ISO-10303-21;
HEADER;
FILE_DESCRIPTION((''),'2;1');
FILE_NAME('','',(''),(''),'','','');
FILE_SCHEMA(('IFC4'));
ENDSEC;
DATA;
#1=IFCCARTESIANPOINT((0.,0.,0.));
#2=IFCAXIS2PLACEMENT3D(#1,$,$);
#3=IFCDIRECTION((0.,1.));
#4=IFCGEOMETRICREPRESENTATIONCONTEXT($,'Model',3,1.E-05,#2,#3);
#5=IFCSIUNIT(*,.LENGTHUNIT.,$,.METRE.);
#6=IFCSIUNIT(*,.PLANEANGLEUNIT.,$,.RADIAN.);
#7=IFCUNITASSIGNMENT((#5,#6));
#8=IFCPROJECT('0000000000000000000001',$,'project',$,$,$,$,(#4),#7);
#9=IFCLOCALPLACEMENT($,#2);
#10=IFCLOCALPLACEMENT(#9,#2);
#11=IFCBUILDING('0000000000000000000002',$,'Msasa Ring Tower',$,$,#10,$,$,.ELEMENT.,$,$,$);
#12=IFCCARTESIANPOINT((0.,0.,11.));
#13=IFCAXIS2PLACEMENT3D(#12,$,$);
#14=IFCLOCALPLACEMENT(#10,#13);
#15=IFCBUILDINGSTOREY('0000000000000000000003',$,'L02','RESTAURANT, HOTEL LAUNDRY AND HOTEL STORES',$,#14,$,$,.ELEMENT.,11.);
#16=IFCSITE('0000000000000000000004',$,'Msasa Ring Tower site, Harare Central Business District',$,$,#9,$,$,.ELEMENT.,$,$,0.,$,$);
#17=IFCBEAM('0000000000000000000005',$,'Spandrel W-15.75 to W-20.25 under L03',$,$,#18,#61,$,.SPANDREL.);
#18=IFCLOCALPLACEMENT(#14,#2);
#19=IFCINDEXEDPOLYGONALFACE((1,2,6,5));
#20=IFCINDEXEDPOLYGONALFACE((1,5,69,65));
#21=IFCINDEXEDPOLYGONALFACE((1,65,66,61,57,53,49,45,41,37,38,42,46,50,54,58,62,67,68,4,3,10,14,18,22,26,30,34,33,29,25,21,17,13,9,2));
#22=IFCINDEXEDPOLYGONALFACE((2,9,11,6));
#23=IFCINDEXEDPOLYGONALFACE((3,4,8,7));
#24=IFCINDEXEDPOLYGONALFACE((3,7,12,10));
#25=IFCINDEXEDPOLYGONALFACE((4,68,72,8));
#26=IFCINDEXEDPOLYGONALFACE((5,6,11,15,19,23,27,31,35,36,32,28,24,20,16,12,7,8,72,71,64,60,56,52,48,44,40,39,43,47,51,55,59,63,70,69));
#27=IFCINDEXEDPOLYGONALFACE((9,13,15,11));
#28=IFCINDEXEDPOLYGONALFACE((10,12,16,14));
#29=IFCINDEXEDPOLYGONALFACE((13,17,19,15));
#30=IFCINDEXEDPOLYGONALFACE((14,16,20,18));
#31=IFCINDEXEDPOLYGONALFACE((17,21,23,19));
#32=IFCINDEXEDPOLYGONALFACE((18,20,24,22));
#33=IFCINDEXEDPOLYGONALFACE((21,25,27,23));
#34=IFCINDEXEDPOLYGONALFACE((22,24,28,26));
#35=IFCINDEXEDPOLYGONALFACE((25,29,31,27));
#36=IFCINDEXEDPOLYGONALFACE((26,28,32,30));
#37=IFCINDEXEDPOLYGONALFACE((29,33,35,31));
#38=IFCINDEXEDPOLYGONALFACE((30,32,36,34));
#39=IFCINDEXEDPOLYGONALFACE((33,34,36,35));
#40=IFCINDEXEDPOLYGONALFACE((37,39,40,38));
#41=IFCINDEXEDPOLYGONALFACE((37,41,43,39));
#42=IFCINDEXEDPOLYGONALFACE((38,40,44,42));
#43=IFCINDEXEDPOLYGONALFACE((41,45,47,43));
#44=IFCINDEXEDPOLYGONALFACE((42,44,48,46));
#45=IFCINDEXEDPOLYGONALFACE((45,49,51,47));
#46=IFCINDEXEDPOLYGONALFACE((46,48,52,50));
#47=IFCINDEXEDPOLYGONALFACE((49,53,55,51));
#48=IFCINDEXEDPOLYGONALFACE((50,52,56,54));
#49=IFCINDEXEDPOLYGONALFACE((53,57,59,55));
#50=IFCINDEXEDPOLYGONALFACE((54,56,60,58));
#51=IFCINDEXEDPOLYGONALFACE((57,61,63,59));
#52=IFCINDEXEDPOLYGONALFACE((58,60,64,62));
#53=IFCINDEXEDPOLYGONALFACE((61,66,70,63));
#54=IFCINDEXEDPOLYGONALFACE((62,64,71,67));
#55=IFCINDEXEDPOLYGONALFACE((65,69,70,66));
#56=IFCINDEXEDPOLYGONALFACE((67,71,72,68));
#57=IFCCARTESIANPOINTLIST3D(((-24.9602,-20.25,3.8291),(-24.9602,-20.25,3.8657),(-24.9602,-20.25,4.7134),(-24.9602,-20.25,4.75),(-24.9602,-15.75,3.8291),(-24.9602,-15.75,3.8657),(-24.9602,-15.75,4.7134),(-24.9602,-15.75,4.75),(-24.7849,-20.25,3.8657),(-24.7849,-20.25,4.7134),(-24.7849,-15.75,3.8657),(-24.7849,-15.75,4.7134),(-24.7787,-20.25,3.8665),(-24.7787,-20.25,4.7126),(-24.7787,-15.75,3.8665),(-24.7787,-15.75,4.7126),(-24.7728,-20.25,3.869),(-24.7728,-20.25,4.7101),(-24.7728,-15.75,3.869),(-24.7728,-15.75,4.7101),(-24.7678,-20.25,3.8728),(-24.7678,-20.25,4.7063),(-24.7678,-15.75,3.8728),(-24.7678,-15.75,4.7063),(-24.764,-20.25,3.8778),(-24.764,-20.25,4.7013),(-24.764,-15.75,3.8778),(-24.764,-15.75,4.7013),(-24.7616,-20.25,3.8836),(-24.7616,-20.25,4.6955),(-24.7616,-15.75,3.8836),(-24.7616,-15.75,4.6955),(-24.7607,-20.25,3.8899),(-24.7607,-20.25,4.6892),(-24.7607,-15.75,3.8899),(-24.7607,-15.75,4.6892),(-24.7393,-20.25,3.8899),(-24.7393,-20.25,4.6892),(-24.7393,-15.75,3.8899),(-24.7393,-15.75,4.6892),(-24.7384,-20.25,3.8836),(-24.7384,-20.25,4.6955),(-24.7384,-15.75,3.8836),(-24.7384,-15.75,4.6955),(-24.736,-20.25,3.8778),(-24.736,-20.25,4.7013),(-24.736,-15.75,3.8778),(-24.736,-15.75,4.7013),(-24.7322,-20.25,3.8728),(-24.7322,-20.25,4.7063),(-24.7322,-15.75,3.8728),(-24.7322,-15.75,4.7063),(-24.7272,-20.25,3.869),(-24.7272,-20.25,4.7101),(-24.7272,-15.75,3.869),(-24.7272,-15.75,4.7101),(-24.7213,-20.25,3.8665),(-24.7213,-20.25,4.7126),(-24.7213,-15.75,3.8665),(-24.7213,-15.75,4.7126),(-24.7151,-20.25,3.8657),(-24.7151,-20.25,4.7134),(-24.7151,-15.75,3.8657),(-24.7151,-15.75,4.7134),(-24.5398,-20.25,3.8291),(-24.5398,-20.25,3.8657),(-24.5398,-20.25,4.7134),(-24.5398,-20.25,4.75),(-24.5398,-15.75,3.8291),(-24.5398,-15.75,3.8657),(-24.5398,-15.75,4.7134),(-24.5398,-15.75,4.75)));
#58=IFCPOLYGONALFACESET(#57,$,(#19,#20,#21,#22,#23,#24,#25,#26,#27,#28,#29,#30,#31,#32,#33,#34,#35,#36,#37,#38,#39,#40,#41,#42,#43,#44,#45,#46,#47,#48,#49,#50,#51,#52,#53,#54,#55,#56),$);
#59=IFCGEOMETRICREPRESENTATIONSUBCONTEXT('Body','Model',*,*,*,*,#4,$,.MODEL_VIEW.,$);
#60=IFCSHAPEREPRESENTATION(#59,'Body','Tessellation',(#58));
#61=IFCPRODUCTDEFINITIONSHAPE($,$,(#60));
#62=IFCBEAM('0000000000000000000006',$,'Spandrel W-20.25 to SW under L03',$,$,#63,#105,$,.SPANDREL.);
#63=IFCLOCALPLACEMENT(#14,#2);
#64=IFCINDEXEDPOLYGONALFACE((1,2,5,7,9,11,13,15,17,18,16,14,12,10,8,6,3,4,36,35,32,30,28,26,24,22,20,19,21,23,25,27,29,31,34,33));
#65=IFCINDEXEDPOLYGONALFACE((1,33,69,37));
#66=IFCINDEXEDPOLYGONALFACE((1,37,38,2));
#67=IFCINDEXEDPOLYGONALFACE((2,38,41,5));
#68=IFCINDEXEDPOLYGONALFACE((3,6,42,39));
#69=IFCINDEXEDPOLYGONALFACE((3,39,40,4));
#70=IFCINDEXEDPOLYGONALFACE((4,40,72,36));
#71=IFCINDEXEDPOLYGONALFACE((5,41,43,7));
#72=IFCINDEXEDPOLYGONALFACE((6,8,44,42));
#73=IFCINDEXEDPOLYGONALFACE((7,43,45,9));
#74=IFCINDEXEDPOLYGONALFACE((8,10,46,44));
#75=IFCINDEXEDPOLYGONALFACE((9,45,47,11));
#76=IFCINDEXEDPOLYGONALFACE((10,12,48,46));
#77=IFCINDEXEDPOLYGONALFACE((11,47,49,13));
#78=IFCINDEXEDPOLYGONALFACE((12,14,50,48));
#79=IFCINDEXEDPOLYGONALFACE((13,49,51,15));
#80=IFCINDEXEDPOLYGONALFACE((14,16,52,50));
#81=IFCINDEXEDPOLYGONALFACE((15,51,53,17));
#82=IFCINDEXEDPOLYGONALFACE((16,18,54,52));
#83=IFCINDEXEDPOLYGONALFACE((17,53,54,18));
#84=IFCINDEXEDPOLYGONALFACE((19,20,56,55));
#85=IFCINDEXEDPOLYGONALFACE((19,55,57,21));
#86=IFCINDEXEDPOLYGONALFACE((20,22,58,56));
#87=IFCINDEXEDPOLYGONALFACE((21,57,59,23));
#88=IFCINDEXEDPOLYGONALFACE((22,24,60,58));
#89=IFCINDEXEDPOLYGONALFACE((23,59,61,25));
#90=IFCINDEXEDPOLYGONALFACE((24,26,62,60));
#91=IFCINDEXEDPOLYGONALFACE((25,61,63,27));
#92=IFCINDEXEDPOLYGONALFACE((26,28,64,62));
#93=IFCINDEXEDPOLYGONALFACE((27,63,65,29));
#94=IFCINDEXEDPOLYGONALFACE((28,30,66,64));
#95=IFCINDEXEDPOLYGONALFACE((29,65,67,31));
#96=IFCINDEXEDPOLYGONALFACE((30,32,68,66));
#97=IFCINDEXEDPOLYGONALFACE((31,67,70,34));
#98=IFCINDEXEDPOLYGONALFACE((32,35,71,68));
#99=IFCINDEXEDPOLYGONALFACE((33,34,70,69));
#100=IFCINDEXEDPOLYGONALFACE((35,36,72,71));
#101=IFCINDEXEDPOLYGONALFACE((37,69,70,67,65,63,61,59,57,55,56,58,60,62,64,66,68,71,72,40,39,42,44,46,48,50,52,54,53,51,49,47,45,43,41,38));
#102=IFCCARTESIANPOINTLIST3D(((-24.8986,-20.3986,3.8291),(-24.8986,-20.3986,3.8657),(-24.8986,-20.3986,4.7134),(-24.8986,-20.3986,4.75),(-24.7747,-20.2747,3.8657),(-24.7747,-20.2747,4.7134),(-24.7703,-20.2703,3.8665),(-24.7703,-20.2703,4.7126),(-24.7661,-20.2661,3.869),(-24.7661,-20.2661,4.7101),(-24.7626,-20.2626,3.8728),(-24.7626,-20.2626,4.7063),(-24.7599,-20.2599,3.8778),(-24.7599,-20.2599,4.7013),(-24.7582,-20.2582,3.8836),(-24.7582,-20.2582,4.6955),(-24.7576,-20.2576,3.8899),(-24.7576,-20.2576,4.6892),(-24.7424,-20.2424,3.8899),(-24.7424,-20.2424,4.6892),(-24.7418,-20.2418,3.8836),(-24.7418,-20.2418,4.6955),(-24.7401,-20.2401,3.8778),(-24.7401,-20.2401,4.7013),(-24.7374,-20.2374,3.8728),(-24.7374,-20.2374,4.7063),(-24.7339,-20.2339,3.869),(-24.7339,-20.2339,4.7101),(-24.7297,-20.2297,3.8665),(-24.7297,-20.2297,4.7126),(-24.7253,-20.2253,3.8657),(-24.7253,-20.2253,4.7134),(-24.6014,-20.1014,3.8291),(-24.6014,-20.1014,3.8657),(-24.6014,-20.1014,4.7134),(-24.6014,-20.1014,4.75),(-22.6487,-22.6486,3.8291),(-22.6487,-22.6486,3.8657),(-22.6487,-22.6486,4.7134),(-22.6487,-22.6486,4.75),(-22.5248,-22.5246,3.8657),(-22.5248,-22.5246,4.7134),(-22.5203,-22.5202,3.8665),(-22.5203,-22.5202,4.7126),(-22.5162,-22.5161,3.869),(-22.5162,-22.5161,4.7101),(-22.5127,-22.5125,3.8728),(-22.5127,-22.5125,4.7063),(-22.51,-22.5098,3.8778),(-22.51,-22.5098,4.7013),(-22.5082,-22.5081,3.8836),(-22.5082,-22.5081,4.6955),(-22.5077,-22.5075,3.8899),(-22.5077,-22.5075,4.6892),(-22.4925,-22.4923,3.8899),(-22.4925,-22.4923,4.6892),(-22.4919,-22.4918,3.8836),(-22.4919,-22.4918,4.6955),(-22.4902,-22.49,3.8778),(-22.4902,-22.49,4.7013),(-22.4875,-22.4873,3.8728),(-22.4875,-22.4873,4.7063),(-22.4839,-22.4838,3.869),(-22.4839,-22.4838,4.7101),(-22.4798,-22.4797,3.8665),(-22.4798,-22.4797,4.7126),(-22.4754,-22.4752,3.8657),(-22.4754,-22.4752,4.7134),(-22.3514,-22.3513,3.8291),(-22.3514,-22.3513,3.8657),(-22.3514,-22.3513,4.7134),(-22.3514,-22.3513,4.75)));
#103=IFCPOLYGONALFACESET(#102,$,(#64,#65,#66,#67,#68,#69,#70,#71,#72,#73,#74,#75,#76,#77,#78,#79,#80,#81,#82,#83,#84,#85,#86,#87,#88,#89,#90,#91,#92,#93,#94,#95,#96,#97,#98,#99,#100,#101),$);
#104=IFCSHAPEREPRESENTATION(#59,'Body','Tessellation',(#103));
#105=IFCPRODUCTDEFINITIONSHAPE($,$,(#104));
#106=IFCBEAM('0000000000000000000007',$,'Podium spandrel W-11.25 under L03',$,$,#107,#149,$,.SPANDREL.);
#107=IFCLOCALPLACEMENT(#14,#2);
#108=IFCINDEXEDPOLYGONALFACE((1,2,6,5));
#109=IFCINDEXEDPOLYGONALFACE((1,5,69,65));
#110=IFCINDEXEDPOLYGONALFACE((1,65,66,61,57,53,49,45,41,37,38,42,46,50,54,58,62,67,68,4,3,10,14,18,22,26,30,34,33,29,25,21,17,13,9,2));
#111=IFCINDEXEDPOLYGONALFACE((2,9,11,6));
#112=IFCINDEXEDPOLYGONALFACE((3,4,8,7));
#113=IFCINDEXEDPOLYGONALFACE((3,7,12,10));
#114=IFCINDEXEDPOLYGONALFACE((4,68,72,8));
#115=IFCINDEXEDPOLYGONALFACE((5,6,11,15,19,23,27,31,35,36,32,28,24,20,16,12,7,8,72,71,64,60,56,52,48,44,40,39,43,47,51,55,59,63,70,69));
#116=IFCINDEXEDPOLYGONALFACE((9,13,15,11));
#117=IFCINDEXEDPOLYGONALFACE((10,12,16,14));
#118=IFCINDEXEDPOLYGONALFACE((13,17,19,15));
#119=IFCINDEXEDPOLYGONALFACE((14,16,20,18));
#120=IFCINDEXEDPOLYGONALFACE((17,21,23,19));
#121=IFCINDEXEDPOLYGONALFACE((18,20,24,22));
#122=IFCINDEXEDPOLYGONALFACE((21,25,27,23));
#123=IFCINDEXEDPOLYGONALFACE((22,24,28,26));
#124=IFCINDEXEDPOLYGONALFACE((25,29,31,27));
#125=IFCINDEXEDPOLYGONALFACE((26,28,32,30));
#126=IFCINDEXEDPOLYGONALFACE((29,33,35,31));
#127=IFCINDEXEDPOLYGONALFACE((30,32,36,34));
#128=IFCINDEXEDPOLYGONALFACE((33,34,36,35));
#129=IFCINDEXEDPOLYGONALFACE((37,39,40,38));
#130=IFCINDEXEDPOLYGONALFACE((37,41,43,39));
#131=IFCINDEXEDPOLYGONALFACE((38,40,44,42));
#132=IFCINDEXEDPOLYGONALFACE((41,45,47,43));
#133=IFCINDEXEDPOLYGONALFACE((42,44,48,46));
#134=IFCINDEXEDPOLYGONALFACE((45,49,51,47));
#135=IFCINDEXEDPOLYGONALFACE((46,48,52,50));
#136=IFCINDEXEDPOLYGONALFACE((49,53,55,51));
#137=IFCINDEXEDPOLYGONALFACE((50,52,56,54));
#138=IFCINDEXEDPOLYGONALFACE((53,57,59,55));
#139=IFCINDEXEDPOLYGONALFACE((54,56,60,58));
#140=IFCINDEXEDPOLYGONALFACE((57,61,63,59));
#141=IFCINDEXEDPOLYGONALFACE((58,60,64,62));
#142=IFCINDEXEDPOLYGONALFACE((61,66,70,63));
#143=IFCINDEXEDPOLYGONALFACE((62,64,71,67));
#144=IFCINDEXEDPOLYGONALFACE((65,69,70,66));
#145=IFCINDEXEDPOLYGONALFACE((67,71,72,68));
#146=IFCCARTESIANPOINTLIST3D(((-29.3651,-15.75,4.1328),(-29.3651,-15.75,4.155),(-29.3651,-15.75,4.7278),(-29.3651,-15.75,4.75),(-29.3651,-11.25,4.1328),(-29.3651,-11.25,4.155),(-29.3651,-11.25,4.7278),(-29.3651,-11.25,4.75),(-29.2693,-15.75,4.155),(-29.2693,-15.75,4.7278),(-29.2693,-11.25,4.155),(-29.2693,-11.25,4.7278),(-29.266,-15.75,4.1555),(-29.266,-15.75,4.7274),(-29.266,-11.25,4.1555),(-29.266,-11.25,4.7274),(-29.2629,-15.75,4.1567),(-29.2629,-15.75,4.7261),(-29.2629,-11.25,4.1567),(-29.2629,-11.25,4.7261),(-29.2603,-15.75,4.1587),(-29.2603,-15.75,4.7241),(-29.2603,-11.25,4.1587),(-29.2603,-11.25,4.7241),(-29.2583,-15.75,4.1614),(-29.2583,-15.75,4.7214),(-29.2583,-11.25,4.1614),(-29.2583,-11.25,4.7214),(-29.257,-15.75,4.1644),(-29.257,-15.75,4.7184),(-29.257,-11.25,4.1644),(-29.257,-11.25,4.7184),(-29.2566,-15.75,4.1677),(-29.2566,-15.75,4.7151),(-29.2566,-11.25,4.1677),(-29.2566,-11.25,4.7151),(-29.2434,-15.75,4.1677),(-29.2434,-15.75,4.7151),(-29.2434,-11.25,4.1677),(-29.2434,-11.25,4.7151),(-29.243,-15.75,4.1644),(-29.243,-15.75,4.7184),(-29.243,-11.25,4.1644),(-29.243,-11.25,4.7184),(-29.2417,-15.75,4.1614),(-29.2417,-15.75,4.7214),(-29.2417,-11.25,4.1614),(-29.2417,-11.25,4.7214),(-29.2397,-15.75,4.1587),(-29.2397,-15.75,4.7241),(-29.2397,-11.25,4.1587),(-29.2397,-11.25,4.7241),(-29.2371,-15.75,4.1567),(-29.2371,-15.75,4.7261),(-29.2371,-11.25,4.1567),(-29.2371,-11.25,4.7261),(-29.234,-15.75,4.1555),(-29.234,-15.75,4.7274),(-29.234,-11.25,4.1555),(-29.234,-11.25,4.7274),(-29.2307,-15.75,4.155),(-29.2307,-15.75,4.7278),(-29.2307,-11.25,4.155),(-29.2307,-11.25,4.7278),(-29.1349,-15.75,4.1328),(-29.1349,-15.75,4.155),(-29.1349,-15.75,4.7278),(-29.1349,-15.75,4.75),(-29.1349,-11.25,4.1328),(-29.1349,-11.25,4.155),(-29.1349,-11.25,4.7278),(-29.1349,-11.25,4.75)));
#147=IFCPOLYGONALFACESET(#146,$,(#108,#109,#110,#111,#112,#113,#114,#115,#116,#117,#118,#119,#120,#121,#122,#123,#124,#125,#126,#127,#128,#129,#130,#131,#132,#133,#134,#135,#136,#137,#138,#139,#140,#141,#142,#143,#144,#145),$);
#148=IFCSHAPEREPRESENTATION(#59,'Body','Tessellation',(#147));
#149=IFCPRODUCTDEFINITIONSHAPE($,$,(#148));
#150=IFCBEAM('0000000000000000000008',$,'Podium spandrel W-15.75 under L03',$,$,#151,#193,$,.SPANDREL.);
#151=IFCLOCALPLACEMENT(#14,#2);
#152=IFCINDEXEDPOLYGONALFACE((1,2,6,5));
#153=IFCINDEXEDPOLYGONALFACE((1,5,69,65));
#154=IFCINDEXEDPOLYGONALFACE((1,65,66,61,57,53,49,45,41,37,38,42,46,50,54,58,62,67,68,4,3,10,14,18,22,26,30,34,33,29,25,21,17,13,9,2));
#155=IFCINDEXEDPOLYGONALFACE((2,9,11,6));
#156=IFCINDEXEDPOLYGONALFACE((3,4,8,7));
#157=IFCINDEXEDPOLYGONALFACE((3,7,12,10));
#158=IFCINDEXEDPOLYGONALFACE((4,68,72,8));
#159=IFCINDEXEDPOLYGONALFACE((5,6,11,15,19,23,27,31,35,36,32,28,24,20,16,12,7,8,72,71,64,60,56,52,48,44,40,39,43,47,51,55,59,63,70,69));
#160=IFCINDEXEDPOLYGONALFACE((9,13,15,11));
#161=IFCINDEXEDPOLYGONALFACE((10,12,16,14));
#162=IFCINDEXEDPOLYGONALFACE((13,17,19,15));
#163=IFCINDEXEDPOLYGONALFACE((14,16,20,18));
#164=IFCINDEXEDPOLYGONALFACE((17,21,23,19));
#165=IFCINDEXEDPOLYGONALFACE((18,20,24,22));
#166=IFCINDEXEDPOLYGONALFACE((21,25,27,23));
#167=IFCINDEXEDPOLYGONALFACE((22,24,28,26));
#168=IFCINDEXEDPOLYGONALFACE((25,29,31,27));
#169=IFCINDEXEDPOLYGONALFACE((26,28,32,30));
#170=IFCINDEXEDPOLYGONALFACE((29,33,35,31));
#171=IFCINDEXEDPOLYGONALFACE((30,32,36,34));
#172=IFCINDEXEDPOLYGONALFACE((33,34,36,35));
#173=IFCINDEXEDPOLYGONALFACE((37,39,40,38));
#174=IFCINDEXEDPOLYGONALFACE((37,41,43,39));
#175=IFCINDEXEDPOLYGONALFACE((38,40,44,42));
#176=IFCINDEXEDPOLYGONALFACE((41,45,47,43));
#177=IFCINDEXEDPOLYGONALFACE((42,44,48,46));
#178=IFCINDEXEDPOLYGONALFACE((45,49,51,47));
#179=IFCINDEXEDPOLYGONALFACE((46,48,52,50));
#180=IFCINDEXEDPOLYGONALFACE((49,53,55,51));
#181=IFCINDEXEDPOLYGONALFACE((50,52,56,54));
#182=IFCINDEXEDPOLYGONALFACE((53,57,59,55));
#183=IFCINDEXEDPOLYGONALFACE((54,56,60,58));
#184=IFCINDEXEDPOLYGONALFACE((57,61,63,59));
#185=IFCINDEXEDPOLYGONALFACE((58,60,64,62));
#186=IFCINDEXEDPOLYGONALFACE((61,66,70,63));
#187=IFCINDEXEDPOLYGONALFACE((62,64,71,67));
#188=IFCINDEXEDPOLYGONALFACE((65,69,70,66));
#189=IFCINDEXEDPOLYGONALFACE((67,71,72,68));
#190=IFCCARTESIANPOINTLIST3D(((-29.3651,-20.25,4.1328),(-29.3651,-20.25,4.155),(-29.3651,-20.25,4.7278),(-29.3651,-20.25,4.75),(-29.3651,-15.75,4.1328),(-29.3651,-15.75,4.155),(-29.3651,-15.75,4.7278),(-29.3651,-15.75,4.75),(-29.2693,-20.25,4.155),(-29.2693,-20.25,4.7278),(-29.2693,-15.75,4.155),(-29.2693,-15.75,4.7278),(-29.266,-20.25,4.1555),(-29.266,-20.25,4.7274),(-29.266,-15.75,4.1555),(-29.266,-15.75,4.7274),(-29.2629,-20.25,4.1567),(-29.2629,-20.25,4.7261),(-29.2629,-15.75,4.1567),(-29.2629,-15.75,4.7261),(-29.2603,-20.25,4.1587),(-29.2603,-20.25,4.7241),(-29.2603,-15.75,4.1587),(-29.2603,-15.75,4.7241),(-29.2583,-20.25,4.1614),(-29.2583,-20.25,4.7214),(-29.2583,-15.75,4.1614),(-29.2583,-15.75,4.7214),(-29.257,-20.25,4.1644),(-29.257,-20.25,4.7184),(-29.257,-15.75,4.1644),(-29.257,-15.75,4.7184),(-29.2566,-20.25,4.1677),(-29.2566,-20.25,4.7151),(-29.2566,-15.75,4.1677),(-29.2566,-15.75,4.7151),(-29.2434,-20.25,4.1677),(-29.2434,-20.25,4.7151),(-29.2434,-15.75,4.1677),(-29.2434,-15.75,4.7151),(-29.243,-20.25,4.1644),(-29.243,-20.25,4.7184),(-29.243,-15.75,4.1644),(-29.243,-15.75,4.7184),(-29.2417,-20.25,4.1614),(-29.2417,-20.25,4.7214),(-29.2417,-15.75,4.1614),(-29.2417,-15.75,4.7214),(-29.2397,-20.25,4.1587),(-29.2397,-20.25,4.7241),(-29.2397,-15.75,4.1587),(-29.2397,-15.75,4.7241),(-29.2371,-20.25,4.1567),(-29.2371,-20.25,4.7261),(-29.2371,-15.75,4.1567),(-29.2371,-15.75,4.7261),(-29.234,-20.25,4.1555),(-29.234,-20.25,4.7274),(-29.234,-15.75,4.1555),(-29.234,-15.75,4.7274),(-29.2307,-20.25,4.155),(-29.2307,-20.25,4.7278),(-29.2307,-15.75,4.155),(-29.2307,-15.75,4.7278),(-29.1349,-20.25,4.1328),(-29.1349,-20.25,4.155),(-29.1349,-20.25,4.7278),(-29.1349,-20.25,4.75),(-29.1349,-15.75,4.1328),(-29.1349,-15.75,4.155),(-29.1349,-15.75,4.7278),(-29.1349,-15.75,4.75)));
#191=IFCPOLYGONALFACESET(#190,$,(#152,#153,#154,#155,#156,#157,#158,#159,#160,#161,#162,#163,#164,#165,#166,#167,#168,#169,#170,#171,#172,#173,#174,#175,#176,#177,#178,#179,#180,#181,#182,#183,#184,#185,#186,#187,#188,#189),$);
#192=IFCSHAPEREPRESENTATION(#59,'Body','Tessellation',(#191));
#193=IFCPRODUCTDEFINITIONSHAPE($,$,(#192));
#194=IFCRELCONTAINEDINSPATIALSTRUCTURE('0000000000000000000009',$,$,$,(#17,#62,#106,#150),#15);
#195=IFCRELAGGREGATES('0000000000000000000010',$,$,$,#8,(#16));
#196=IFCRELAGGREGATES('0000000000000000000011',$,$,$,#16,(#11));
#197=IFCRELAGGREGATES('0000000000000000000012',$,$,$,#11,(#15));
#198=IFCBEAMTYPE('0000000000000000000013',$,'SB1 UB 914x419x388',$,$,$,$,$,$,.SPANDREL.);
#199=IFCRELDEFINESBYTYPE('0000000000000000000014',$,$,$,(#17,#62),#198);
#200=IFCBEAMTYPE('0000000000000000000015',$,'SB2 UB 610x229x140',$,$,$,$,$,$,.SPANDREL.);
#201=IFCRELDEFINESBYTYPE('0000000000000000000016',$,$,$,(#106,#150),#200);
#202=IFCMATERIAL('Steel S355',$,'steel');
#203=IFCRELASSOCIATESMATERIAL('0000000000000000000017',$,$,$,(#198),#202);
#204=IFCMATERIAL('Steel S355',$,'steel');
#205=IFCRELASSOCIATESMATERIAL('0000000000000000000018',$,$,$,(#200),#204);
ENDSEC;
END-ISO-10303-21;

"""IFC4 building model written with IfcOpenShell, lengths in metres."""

from ifc_helpers import new_model, si_unit, direction, frame, origin, origin_2d, place, context, subcontext, project, spatial, i_section, extrude, material, material_profile, profile_set, type_object, element, save


model = new_model("IFC4")

# Units and contexts
model_context = context("Model", 3, precision=1e-05, world=origin(), true_north=direction((0.0, 1.0)))
body_context = subcontext(model_context, "Body", "Model", "MODEL_VIEW")
ifc_project = project(units=[si_unit("LENGTHUNIT", "METRE"), si_unit("PLANEANGLEUNIT", "RADIAN")], contexts=[model_context])

# Site, building, storey
site_placement = place(None, origin())
site = spatial("IfcSite", under=ifc_project, at=site_placement, Name="Msasa Ring Tower site, Harare Central Business District", CompositionType="ELEMENT", RefElevation=0.0)
building_placement = place(site_placement, origin())
building = spatial("IfcBuilding", under=site, at=building_placement, Name="Msasa Ring Tower", CompositionType="ELEMENT")
storey_placement = place(building_placement, frame((0.0, 0.0, 11.0)))
storey = spatial("IfcBuildingStorey", under=building, at=storey_placement, Name="L02", Description="RESTAURANT, HOTEL LAUNDRY AND HOTEL STORES", CompositionType="ELEMENT", Elevation=11.0)

# Beams
ifc_material_1 = material(Name="Steel S355", Category="steel")
ifc_material_profile_1 = material_profile(ifc_material_1, i_section(OverallWidth=0.4204, OverallDepth=0.9209, WebThickness=0.0215, FlangeThickness=0.0366, FilletRadius=0.0242, at=origin_2d()), Name="UB 914x419x388")
ifc_profile_set_1 = profile_set([ifc_material_profile_1], Name="Steel S355")
beam_type_1 = type_object("IfcBeamType", Name="SB1 UB 914x419x388", PredefinedType="SPANDREL", material=ifc_profile_set_1)
beam_1_placement = place(storey_placement, frame((-24.75, -15.75, 4.2896), z_axis=(0.0, -1.0, 0.0), x_axis=(1.0, 0.0, 0.0)))
element("IfcBeam", 1, at=beam_1_placement, inside=storey, type_object=beam_type_1, Name="Spandrel W-15.75 to W-20.25 under L03", PredefinedType="SPANDREL", context=body_context, shape_type="SweptSolid", body=[
    extrude(i_section(OverallWidth=0.4204, OverallDepth=0.9209, WebThickness=0.0215, FlangeThickness=0.0366, FilletRadius=0.0242, at=origin_2d()), origin(), (0.0, 0.0, 1.0), 4.5),
])
beam_2_placement = place(storey_placement, frame((-24.75, -20.25, 4.2896), z_axis=(0.707107, -0.707107, 0.0), x_axis=(0.707107, 0.707107, 0.0)))
element("IfcBeam", 2, at=beam_2_placement, inside=storey, type_object=beam_type_1, Name="Spandrel W-20.25 to SW under L03", PredefinedType="SPANDREL", context=body_context, shape_type="SweptSolid", body=[
    extrude(i_section(OverallWidth=0.4204, OverallDepth=0.9209, WebThickness=0.0215, FlangeThickness=0.0366, FilletRadius=0.0242, at=origin_2d()), origin(), (0.0, 0.0, 1.0), 3.1819),
])
ifc_material_2 = material(Name="Steel S355", Category="steel")
ifc_material_profile_2 = material_profile(ifc_material_2, i_section(OverallWidth=0.2302, OverallDepth=0.6172, WebThickness=0.0132, FlangeThickness=0.0222, FilletRadius=0.0127, at=origin_2d()), Name="UB 610x229x140")
ifc_profile_set_2 = profile_set([ifc_material_profile_2], Name="Steel S355")
beam_type_2 = type_object("IfcBeamType", Name="SB2 UB 610x229x140", PredefinedType="SPANDREL", material=ifc_profile_set_2)
for number, where, z_axis, x_axis, name in (
    (3, (-29.25, -11.25, 4.4414), (0.0, -1.0, 0.0), (1.0, 0.0, 0.0), "Podium spandrel W-11.25 under L03"),
    (4, (-29.25, -15.75, 4.4414), (0.0, -1.0, 0.0), (1.0, 0.0, 0.0), "Podium spandrel W-15.75 under L03"),
):
    element("IfcBeam", number, at=place(storey_placement, frame(where, z_axis=z_axis, x_axis=x_axis)), inside=storey, type_object=beam_type_2, Name=name, PredefinedType="SPANDREL", context=body_context, shape_type="SweptSolid", body=[
        extrude(i_section(OverallWidth=0.2302, OverallDepth=0.6172, WebThickness=0.0132, FlangeThickness=0.0222, FilletRadius=0.0127, at=origin_2d()), origin(), (0.0, 0.0, 1.0), 4.5),
    ])

save(model, "model.ifc")
